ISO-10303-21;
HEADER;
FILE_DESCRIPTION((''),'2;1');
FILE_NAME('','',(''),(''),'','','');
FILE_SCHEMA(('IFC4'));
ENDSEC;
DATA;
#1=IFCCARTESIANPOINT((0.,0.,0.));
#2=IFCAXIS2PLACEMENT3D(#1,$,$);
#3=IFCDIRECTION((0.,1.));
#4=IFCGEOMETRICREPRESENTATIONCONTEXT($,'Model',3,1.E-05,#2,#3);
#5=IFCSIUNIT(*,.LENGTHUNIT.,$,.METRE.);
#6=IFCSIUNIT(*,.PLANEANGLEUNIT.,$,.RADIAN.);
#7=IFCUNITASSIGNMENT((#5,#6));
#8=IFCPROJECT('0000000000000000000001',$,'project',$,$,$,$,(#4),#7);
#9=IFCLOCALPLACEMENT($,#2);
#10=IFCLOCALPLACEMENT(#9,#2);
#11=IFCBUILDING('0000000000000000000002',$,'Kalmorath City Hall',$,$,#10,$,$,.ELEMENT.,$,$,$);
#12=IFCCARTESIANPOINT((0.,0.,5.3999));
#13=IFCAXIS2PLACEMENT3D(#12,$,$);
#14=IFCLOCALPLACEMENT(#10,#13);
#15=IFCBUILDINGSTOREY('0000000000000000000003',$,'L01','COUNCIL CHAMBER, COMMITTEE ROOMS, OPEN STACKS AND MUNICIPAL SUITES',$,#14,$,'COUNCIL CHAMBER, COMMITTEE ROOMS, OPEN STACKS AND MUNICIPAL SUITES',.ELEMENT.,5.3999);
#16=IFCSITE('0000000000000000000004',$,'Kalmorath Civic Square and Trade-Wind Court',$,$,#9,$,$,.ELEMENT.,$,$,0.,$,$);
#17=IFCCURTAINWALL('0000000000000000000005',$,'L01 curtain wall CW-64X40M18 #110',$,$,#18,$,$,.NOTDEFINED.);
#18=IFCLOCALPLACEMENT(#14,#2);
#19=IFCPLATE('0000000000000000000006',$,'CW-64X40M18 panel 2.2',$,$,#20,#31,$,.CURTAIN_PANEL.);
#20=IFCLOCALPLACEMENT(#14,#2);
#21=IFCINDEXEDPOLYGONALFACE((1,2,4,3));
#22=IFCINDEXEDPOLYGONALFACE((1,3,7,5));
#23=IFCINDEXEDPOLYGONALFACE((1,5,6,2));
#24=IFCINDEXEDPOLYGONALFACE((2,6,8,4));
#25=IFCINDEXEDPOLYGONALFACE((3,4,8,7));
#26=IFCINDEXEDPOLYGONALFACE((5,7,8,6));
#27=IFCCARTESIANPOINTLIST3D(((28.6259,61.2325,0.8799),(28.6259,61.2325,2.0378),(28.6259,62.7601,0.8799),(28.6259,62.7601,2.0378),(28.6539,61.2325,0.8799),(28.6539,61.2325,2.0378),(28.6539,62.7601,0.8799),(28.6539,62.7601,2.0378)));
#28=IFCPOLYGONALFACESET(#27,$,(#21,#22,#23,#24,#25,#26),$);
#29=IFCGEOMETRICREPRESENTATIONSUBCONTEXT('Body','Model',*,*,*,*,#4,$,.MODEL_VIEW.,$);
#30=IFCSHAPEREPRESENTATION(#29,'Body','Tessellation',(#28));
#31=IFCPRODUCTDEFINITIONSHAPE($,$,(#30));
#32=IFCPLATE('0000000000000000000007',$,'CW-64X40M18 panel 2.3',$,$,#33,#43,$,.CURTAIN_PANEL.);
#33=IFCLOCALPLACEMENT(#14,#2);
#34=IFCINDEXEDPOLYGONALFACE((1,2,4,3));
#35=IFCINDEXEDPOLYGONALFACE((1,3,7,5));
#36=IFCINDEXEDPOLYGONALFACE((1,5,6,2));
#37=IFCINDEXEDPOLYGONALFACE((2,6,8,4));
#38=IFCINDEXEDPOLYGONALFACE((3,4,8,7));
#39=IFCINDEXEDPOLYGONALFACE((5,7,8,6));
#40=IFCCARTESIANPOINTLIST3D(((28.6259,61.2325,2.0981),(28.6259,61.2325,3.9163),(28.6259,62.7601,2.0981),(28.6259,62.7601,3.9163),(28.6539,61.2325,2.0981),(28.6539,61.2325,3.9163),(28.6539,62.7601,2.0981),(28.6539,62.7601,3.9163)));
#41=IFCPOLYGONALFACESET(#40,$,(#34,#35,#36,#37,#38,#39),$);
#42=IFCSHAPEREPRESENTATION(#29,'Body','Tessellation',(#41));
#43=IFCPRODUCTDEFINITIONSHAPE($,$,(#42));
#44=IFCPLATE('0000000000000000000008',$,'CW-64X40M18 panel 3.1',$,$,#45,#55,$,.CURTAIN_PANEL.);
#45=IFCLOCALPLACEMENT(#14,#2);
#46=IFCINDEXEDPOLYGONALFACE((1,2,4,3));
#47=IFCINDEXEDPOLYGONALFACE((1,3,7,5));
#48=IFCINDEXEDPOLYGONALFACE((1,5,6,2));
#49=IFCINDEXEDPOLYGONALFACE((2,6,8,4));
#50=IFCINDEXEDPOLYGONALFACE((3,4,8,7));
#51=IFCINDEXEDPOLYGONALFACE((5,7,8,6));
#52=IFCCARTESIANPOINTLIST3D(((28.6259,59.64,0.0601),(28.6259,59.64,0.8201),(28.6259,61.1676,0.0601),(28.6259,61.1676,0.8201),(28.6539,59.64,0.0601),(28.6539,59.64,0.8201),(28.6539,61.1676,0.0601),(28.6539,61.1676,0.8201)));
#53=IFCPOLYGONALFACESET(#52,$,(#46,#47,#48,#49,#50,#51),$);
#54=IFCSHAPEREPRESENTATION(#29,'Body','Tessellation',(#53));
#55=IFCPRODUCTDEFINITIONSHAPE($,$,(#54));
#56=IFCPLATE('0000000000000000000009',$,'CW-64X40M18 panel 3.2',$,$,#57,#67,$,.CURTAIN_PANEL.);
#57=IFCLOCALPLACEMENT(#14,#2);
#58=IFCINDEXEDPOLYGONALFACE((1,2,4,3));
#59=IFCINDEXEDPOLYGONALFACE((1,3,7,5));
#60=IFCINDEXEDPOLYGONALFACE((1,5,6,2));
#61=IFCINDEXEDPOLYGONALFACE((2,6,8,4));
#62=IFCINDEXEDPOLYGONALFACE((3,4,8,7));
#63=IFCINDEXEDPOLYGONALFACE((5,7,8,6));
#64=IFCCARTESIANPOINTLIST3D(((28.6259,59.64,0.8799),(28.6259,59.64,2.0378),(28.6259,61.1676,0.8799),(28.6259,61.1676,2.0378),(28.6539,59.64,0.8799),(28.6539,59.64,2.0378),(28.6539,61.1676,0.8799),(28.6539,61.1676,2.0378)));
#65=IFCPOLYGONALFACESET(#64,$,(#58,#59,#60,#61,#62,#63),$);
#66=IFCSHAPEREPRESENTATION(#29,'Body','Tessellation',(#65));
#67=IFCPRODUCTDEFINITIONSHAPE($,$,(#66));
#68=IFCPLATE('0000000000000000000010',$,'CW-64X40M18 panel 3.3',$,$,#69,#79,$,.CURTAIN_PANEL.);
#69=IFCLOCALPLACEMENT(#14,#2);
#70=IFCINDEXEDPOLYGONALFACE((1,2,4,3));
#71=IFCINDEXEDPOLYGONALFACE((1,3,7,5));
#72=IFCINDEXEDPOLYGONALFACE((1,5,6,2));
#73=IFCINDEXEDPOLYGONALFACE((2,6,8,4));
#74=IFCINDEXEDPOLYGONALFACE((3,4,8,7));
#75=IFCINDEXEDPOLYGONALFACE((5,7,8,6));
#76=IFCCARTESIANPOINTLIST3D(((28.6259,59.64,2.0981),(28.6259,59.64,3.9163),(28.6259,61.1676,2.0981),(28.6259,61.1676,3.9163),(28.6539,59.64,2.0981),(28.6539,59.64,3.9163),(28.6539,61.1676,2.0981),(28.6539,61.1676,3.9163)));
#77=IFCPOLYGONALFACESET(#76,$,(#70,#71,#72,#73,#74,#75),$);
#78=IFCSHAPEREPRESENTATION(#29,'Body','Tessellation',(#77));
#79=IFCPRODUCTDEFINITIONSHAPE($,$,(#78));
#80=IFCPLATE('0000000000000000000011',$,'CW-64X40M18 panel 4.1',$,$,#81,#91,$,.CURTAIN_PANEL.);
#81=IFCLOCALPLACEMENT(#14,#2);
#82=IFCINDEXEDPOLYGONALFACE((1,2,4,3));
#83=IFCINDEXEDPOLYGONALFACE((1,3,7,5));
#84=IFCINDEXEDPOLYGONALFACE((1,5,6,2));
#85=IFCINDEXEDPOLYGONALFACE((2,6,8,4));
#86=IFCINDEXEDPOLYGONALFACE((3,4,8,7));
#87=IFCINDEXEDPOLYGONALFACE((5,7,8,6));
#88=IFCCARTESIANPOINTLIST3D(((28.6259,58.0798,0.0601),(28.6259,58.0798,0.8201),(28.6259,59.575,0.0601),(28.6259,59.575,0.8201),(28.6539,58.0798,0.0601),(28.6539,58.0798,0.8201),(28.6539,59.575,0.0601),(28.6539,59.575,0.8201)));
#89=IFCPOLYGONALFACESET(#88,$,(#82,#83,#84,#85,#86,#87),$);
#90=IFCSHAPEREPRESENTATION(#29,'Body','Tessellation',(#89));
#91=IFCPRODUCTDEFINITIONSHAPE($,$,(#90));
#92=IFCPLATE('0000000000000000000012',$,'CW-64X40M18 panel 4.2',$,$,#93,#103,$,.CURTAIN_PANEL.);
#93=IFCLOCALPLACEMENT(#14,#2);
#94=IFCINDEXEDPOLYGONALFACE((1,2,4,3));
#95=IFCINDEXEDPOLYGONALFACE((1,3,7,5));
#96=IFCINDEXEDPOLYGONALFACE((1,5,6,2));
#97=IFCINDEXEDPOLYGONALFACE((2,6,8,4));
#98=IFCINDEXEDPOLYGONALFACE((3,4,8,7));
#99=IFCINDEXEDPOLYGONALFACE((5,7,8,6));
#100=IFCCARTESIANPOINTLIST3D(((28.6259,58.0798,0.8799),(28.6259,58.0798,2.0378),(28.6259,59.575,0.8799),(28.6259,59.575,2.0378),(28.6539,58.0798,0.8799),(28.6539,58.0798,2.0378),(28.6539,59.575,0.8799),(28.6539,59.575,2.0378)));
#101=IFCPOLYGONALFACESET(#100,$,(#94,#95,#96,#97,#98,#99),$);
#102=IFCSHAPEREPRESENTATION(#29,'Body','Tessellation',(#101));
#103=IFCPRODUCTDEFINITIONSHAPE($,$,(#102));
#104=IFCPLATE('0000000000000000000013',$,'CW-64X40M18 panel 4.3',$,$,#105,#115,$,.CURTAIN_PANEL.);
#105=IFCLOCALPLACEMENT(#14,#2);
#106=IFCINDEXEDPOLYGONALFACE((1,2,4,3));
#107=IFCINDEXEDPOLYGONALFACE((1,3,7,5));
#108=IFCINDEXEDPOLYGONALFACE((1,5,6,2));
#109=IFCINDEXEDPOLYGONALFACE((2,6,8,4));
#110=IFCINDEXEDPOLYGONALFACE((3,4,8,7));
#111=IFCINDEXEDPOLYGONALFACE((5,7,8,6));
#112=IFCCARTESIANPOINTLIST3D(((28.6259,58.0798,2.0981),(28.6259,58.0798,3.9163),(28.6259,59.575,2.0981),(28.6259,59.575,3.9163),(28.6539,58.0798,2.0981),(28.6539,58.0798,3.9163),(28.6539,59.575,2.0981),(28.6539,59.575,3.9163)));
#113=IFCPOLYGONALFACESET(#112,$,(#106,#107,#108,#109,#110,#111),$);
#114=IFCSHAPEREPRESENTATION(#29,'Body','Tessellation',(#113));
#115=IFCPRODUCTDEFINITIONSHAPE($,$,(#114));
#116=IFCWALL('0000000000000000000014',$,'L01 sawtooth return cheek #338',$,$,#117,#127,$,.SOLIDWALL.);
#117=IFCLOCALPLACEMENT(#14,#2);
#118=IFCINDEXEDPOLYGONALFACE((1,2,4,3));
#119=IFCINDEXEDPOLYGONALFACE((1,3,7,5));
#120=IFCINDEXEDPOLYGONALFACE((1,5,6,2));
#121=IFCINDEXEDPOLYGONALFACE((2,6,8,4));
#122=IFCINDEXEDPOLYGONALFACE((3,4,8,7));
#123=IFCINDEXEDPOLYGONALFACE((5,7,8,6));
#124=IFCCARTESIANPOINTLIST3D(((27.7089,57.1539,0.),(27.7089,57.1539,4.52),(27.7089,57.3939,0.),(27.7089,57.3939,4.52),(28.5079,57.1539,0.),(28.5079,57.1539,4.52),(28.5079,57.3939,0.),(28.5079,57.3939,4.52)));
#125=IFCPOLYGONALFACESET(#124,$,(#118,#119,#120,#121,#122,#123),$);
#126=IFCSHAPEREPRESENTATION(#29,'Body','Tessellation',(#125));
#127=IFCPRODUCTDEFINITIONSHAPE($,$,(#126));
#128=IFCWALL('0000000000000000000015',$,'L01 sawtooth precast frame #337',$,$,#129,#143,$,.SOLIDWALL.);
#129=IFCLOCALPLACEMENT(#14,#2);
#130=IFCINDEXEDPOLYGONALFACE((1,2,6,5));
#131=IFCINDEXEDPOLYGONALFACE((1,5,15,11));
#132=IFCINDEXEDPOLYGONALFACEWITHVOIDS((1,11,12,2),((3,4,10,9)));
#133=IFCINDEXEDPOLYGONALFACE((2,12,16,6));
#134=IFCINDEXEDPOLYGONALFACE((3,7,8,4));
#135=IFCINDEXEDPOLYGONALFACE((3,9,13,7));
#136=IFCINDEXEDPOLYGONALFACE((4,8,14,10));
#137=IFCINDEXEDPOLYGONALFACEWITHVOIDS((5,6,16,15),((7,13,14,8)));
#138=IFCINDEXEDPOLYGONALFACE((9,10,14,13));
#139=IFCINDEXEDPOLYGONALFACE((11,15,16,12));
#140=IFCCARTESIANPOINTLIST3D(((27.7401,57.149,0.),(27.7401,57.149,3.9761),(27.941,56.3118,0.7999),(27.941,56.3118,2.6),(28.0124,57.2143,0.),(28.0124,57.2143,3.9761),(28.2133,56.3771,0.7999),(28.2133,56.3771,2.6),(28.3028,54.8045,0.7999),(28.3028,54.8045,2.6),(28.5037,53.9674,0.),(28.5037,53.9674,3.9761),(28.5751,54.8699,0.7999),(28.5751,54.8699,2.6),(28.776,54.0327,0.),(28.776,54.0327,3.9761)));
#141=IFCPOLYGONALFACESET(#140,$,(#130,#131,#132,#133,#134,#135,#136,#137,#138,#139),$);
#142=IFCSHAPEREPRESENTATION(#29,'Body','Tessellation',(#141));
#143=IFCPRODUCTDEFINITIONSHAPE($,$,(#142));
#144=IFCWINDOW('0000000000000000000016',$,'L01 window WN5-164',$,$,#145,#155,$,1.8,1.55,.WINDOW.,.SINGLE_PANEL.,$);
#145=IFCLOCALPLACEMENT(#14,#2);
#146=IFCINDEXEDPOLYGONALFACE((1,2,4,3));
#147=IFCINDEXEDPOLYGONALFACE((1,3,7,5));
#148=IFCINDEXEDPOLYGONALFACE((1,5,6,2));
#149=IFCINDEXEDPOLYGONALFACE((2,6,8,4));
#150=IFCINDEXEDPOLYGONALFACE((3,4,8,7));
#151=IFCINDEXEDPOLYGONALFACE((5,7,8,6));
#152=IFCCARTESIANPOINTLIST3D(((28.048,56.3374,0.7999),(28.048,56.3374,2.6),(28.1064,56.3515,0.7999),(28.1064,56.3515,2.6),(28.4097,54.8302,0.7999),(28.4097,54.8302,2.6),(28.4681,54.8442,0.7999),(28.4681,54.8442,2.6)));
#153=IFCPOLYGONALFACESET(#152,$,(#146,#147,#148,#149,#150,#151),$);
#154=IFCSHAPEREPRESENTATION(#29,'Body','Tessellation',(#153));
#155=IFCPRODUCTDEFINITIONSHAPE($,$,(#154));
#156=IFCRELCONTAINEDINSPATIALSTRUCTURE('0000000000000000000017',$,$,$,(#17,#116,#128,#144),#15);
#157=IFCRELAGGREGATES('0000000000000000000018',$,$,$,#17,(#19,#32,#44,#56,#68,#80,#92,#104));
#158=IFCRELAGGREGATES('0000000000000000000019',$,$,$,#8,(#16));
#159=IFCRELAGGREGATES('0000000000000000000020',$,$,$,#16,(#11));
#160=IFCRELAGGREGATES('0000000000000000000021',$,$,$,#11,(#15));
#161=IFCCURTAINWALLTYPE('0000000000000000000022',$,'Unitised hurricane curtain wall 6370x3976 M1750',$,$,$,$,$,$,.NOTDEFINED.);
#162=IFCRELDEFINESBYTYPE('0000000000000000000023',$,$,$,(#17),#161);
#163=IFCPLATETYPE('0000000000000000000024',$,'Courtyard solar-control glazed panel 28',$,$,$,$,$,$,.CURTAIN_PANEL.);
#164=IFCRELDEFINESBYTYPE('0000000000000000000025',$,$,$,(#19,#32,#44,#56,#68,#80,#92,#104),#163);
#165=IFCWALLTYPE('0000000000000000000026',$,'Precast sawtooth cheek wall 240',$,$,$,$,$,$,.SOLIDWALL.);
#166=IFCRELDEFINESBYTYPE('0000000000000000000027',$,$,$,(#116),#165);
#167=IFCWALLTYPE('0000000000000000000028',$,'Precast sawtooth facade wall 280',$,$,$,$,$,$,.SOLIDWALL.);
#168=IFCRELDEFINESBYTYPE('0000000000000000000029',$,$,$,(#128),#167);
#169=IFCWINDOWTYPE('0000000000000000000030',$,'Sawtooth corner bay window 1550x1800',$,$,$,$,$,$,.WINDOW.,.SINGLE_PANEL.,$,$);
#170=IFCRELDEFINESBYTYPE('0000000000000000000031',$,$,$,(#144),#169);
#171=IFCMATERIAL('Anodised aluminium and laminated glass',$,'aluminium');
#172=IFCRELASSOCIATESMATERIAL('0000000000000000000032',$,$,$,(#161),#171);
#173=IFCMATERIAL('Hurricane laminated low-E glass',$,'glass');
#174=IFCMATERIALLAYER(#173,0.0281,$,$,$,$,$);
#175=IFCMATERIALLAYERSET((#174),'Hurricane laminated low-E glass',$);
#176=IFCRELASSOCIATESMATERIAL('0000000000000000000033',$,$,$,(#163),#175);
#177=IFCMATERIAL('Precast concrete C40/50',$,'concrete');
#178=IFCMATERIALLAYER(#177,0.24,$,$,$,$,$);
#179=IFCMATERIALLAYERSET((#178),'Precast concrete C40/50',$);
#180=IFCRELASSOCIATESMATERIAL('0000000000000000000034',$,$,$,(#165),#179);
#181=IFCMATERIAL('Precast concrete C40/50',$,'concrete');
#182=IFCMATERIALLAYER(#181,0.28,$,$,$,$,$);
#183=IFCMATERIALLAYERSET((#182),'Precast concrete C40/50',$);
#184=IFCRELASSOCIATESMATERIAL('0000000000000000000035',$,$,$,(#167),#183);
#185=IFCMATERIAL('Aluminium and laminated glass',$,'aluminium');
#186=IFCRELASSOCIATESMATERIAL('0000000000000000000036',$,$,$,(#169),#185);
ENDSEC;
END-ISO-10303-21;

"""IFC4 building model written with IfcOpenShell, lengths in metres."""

from ifc_helpers import new_model, si_unit, direction, frame, frame_2d, origin, origin_2d, place, context, subcontext, project, spatial, rectangle, extrude, material, layer, layer_set, type_object, element, fill, aggregate, save


model = new_model("IFC4")

# Units and contexts
model_context = context("Model", 3, precision=1e-05, world=origin(), true_north=direction((0.0, 1.0)))
body_context = subcontext(model_context, "Body", "Model", "MODEL_VIEW")
ifc_project = project(units=[si_unit("LENGTHUNIT", "METRE"), si_unit("PLANEANGLEUNIT", "RADIAN")], contexts=[model_context])

# Site, building, storey
site_placement = place(None, origin())
site = spatial("IfcSite", under=ifc_project, at=site_placement, Name="Kalmorath Civic Square and Trade-Wind Court", CompositionType="ELEMENT", RefElevation=0.0)
building_placement = place(site_placement, origin())
building = spatial("IfcBuilding", under=site, at=building_placement, Name="Kalmorath City Hall", CompositionType="ELEMENT")
storey_placement = place(building_placement, frame((0.0, 0.0, 5.3999)))
storey = spatial("IfcBuildingStorey", under=building, at=storey_placement, Name="L01", Description="COUNCIL CHAMBER, COMMITTEE ROOMS, OPEN STACKS AND MUNICIPAL SUITES", LongName="COUNCIL CHAMBER, COMMITTEE ROOMS, OPEN STACKS AND MUNICIPAL SUITES", CompositionType="ELEMENT", Elevation=5.3999)

# Curtain wall
ifc_material_1 = material(Name="Anodised aluminium and laminated glass", Category="aluminium")
curtain_wall_type = type_object("IfcCurtainWallType", Name="Unitised hurricane curtain wall 6370x3976 M1750", PredefinedType="NOTDEFINED", material=ifc_material_1)
curtain_wall_placement = place(storey_placement, origin())
curtain_wall = element("IfcCurtainWall", 1, at=curtain_wall_placement, inside=storey, type_object=curtain_wall_type, Name="L01 curtain wall CW-64X40M18 #110", PredefinedType="NOTDEFINED")

# Plates
ifc_material_2 = material(Name="Hurricane laminated low-E glass", Category="glass")
ifc_layer_1 = layer(ifc_material_2, 0.0281)
ifc_layer_set_1 = layer_set([ifc_layer_1], Name="Hurricane laminated low-E glass")
plate_type = type_object("IfcPlateType", Name="Courtyard solar-control glazed panel 28", PredefinedType="CURTAIN_PANEL", material=ifc_layer_set_1)
plate_1_placement = place(storey_placement, frame((28.6399, 61.9963, 0.8799), z_axis=(0.0, 0.0, 1.0), x_axis=(0.0, -1.0, 0.0)))
plate_1 = element("IfcPlate", 2, at=plate_1_placement, type_object=plate_type, Name="CW-64X40M18 panel 2.2", PredefinedType="CURTAIN_PANEL", context=body_context, shape_type="SweptSolid", body=[
    extrude(rectangle(XDim=1.5276, YDim=0.0281, at=origin_2d()), origin(), (0.0, 0.0, 1.0), 1.158),
])
plate_2_placement = place(storey_placement, frame((28.6399, 61.9963, 2.0981), z_axis=(0.0, 0.0, 1.0), x_axis=(0.0, -1.0, 0.0)))
plate_2 = element("IfcPlate", 3, at=plate_2_placement, type_object=plate_type, Name="CW-64X40M18 panel 2.3", PredefinedType="CURTAIN_PANEL", context=body_context, shape_type="SweptSolid", body=[
    extrude(rectangle(XDim=1.5276, YDim=0.0281, at=origin_2d()), origin(), (0.0, 0.0, 1.0), 1.8181),
])
plate_3_placement = place(storey_placement, frame((28.6399, 60.4038, 0.0601), z_axis=(0.0, 0.0, 1.0), x_axis=(0.0, -1.0, 0.0)))
plate_3 = element("IfcPlate", 4, at=plate_3_placement, type_object=plate_type, Name="CW-64X40M18 panel 3.1", PredefinedType="CURTAIN_PANEL", context=body_context, shape_type="SweptSolid", body=[
    extrude(rectangle(XDim=1.5276, YDim=0.0281, at=origin_2d()), origin(), (0.0, 0.0, 1.0), 0.76),
])
plate_4_placement = place(storey_placement, frame((28.6399, 60.4038, 0.8799), z_axis=(0.0, 0.0, 1.0), x_axis=(0.0, -1.0, 0.0)))
plate_4 = element("IfcPlate", 5, at=plate_4_placement, type_object=plate_type, Name="CW-64X40M18 panel 3.2", PredefinedType="CURTAIN_PANEL", context=body_context, shape_type="SweptSolid", body=[
    extrude(rectangle(XDim=1.5276, YDim=0.0281, at=origin_2d()), origin(), (0.0, 0.0, 1.0), 1.158),
])
plate_5_placement = place(storey_placement, frame((28.6399, 60.4038, 2.0981), z_axis=(0.0, 0.0, 1.0), x_axis=(0.0, -1.0, 0.0)))
plate_5 = element("IfcPlate", 6, at=plate_5_placement, type_object=plate_type, Name="CW-64X40M18 panel 3.3", PredefinedType="CURTAIN_PANEL", context=body_context, shape_type="SweptSolid", body=[
    extrude(rectangle(XDim=1.5276, YDim=0.0281, at=origin_2d()), origin(), (0.0, 0.0, 1.0), 1.8181),
])
plate_6_placement = place(storey_placement, frame((28.6399, 58.8274, 0.0601), z_axis=(0.0, 0.0, 1.0), x_axis=(0.0, -1.0, 0.0)))
plate_6 = element("IfcPlate", 7, at=plate_6_placement, type_object=plate_type, Name="CW-64X40M18 panel 4.1", PredefinedType="CURTAIN_PANEL", context=body_context, shape_type="SweptSolid", body=[
    extrude(rectangle(XDim=1.4951, YDim=0.0281, at=origin_2d()), origin(), (0.0, 0.0, 1.0), 0.76),
])
plate_7_placement = place(storey_placement, frame((28.6399, 58.8274, 0.8799), z_axis=(0.0, 0.0, 1.0), x_axis=(0.0, -1.0, 0.0)))
plate_7 = element("IfcPlate", 8, at=plate_7_placement, type_object=plate_type, Name="CW-64X40M18 panel 4.2", PredefinedType="CURTAIN_PANEL", context=body_context, shape_type="SweptSolid", body=[
    extrude(rectangle(XDim=1.4951, YDim=0.0281, at=origin_2d()), origin(), (0.0, 0.0, 1.0), 1.158),
])
plate_8_placement = place(storey_placement, frame((28.6399, 58.8274, 2.0981), z_axis=(0.0, 0.0, 1.0), x_axis=(0.0, -1.0, 0.0)))
plate_8 = element("IfcPlate", 9, at=plate_8_placement, type_object=plate_type, Name="CW-64X40M18 panel 4.3", PredefinedType="CURTAIN_PANEL", context=body_context, shape_type="SweptSolid", body=[
    extrude(rectangle(XDim=1.4951, YDim=0.0281, at=origin_2d()), origin(), (0.0, 0.0, 1.0), 1.8181),
])
aggregate(curtain_wall, [plate_1, plate_2, plate_3, plate_4, plate_5, plate_6, plate_7, plate_8])

# Wall
ifc_material_3 = material(Name="Precast concrete C40/50", Category="concrete")
ifc_layer_2 = layer(ifc_material_3, 0.24)
ifc_layer_set_2 = layer_set([ifc_layer_2], Name="Precast concrete C40/50")
wall_type_1 = type_object("IfcWallType", Name="Precast sawtooth cheek wall 240", PredefinedType="SOLIDWALL", material=ifc_layer_set_2)
wall_1_placement = place(storey_placement, frame((27.709, 57.2739, 0.0), z_axis=(0.0, 0.0, 1.0), x_axis=(1.0, 0.0, 0.0)))
element("IfcWall", 10, at=wall_1_placement, inside=storey, type_object=wall_type_1, Name="L01 sawtooth return cheek #338", PredefinedType="SOLIDWALL", context=body_context, shape_type="SweptSolid", body=[
    extrude(rectangle(XDim=0.7991, YDim=0.24, at=frame_2d((0.3994, 0.0))), origin(), (0.0, 0.0, 1.0), 4.52),
])

# Wall, opening, window
ifc_material_4 = material(Name="Precast concrete C40/50", Category="concrete")
ifc_layer_3 = layer(ifc_material_4, 0.28)
ifc_layer_set_3 = layer_set([ifc_layer_3], Name="Precast concrete C40/50")
wall_type_2 = type_object("IfcWallType", Name="Precast sawtooth facade wall 280", PredefinedType="SOLIDWALL", material=ifc_layer_set_3)
wall_2_placement = place(storey_placement, frame((27.8762, 57.1816, 0.0), z_axis=(0.0, 0.0, 1.0), x_axis=(0.233396, -0.972382, 0.0)))
wall_2 = element("IfcWall", 11, at=wall_2_placement, inside=storey, type_object=wall_type_2, Name="L01 sawtooth precast frame #337", PredefinedType="SOLIDWALL", context=body_context, shape_type="SweptSolid", body=[
    extrude(rectangle(XDim=3.272, YDim=0.28, at=frame_2d((1.636, 0.0))), origin(), (0.0, 0.0, 1.0), 3.9761),
])
opening_placement = place(wall_2_placement, frame((0.8611, 0.0, 0.8)))
opening = element("IfcOpeningElement", 12, at=opening_placement, cuts=wall_2, PredefinedType="OPENING", context=body_context, shape_type="SweptSolid", body=[
    extrude(rectangle(XDim=1.55, YDim=1.8, at=frame_2d((0.7749, 0.8999))), frame((0.0, 0.1499, 0.0), z_axis=(0.0, -1.0, 0.0), x_axis=(1.0, 0.0, 0.0)), (0.0, 0.0, 1.0), 0.3),
])
ifc_material_5 = material(Name="Aluminium and laminated glass", Category="aluminium")
window_type = type_object("IfcWindowType", Name="Sawtooth corner bay window 1550x1800", PartitioningType="SINGLE_PANEL", PredefinedType="WINDOW", material=ifc_material_5)
window_placement = place(opening_placement, origin())
window = element("IfcWindow", 13, at=window_placement, inside=storey, type_object=window_type, Name="L01 window WN5-164", OverallHeight=1.8, OverallWidth=1.55, PartitioningType="SINGLE_PANEL", PredefinedType="WINDOW", context=body_context, shape_type="SweptSolid", body=[
    extrude(rectangle(XDim=1.55, YDim=1.8, at=frame_2d((0.7749, 0.8999))), frame((0.0, 0.03, 0.0), z_axis=(0.0, -1.0, 0.0), x_axis=(1.0, 0.0, 0.0)), (0.0, 0.0, 1.0), 0.0601),
])
fill(opening, window)

save(model, "model.ifc")
